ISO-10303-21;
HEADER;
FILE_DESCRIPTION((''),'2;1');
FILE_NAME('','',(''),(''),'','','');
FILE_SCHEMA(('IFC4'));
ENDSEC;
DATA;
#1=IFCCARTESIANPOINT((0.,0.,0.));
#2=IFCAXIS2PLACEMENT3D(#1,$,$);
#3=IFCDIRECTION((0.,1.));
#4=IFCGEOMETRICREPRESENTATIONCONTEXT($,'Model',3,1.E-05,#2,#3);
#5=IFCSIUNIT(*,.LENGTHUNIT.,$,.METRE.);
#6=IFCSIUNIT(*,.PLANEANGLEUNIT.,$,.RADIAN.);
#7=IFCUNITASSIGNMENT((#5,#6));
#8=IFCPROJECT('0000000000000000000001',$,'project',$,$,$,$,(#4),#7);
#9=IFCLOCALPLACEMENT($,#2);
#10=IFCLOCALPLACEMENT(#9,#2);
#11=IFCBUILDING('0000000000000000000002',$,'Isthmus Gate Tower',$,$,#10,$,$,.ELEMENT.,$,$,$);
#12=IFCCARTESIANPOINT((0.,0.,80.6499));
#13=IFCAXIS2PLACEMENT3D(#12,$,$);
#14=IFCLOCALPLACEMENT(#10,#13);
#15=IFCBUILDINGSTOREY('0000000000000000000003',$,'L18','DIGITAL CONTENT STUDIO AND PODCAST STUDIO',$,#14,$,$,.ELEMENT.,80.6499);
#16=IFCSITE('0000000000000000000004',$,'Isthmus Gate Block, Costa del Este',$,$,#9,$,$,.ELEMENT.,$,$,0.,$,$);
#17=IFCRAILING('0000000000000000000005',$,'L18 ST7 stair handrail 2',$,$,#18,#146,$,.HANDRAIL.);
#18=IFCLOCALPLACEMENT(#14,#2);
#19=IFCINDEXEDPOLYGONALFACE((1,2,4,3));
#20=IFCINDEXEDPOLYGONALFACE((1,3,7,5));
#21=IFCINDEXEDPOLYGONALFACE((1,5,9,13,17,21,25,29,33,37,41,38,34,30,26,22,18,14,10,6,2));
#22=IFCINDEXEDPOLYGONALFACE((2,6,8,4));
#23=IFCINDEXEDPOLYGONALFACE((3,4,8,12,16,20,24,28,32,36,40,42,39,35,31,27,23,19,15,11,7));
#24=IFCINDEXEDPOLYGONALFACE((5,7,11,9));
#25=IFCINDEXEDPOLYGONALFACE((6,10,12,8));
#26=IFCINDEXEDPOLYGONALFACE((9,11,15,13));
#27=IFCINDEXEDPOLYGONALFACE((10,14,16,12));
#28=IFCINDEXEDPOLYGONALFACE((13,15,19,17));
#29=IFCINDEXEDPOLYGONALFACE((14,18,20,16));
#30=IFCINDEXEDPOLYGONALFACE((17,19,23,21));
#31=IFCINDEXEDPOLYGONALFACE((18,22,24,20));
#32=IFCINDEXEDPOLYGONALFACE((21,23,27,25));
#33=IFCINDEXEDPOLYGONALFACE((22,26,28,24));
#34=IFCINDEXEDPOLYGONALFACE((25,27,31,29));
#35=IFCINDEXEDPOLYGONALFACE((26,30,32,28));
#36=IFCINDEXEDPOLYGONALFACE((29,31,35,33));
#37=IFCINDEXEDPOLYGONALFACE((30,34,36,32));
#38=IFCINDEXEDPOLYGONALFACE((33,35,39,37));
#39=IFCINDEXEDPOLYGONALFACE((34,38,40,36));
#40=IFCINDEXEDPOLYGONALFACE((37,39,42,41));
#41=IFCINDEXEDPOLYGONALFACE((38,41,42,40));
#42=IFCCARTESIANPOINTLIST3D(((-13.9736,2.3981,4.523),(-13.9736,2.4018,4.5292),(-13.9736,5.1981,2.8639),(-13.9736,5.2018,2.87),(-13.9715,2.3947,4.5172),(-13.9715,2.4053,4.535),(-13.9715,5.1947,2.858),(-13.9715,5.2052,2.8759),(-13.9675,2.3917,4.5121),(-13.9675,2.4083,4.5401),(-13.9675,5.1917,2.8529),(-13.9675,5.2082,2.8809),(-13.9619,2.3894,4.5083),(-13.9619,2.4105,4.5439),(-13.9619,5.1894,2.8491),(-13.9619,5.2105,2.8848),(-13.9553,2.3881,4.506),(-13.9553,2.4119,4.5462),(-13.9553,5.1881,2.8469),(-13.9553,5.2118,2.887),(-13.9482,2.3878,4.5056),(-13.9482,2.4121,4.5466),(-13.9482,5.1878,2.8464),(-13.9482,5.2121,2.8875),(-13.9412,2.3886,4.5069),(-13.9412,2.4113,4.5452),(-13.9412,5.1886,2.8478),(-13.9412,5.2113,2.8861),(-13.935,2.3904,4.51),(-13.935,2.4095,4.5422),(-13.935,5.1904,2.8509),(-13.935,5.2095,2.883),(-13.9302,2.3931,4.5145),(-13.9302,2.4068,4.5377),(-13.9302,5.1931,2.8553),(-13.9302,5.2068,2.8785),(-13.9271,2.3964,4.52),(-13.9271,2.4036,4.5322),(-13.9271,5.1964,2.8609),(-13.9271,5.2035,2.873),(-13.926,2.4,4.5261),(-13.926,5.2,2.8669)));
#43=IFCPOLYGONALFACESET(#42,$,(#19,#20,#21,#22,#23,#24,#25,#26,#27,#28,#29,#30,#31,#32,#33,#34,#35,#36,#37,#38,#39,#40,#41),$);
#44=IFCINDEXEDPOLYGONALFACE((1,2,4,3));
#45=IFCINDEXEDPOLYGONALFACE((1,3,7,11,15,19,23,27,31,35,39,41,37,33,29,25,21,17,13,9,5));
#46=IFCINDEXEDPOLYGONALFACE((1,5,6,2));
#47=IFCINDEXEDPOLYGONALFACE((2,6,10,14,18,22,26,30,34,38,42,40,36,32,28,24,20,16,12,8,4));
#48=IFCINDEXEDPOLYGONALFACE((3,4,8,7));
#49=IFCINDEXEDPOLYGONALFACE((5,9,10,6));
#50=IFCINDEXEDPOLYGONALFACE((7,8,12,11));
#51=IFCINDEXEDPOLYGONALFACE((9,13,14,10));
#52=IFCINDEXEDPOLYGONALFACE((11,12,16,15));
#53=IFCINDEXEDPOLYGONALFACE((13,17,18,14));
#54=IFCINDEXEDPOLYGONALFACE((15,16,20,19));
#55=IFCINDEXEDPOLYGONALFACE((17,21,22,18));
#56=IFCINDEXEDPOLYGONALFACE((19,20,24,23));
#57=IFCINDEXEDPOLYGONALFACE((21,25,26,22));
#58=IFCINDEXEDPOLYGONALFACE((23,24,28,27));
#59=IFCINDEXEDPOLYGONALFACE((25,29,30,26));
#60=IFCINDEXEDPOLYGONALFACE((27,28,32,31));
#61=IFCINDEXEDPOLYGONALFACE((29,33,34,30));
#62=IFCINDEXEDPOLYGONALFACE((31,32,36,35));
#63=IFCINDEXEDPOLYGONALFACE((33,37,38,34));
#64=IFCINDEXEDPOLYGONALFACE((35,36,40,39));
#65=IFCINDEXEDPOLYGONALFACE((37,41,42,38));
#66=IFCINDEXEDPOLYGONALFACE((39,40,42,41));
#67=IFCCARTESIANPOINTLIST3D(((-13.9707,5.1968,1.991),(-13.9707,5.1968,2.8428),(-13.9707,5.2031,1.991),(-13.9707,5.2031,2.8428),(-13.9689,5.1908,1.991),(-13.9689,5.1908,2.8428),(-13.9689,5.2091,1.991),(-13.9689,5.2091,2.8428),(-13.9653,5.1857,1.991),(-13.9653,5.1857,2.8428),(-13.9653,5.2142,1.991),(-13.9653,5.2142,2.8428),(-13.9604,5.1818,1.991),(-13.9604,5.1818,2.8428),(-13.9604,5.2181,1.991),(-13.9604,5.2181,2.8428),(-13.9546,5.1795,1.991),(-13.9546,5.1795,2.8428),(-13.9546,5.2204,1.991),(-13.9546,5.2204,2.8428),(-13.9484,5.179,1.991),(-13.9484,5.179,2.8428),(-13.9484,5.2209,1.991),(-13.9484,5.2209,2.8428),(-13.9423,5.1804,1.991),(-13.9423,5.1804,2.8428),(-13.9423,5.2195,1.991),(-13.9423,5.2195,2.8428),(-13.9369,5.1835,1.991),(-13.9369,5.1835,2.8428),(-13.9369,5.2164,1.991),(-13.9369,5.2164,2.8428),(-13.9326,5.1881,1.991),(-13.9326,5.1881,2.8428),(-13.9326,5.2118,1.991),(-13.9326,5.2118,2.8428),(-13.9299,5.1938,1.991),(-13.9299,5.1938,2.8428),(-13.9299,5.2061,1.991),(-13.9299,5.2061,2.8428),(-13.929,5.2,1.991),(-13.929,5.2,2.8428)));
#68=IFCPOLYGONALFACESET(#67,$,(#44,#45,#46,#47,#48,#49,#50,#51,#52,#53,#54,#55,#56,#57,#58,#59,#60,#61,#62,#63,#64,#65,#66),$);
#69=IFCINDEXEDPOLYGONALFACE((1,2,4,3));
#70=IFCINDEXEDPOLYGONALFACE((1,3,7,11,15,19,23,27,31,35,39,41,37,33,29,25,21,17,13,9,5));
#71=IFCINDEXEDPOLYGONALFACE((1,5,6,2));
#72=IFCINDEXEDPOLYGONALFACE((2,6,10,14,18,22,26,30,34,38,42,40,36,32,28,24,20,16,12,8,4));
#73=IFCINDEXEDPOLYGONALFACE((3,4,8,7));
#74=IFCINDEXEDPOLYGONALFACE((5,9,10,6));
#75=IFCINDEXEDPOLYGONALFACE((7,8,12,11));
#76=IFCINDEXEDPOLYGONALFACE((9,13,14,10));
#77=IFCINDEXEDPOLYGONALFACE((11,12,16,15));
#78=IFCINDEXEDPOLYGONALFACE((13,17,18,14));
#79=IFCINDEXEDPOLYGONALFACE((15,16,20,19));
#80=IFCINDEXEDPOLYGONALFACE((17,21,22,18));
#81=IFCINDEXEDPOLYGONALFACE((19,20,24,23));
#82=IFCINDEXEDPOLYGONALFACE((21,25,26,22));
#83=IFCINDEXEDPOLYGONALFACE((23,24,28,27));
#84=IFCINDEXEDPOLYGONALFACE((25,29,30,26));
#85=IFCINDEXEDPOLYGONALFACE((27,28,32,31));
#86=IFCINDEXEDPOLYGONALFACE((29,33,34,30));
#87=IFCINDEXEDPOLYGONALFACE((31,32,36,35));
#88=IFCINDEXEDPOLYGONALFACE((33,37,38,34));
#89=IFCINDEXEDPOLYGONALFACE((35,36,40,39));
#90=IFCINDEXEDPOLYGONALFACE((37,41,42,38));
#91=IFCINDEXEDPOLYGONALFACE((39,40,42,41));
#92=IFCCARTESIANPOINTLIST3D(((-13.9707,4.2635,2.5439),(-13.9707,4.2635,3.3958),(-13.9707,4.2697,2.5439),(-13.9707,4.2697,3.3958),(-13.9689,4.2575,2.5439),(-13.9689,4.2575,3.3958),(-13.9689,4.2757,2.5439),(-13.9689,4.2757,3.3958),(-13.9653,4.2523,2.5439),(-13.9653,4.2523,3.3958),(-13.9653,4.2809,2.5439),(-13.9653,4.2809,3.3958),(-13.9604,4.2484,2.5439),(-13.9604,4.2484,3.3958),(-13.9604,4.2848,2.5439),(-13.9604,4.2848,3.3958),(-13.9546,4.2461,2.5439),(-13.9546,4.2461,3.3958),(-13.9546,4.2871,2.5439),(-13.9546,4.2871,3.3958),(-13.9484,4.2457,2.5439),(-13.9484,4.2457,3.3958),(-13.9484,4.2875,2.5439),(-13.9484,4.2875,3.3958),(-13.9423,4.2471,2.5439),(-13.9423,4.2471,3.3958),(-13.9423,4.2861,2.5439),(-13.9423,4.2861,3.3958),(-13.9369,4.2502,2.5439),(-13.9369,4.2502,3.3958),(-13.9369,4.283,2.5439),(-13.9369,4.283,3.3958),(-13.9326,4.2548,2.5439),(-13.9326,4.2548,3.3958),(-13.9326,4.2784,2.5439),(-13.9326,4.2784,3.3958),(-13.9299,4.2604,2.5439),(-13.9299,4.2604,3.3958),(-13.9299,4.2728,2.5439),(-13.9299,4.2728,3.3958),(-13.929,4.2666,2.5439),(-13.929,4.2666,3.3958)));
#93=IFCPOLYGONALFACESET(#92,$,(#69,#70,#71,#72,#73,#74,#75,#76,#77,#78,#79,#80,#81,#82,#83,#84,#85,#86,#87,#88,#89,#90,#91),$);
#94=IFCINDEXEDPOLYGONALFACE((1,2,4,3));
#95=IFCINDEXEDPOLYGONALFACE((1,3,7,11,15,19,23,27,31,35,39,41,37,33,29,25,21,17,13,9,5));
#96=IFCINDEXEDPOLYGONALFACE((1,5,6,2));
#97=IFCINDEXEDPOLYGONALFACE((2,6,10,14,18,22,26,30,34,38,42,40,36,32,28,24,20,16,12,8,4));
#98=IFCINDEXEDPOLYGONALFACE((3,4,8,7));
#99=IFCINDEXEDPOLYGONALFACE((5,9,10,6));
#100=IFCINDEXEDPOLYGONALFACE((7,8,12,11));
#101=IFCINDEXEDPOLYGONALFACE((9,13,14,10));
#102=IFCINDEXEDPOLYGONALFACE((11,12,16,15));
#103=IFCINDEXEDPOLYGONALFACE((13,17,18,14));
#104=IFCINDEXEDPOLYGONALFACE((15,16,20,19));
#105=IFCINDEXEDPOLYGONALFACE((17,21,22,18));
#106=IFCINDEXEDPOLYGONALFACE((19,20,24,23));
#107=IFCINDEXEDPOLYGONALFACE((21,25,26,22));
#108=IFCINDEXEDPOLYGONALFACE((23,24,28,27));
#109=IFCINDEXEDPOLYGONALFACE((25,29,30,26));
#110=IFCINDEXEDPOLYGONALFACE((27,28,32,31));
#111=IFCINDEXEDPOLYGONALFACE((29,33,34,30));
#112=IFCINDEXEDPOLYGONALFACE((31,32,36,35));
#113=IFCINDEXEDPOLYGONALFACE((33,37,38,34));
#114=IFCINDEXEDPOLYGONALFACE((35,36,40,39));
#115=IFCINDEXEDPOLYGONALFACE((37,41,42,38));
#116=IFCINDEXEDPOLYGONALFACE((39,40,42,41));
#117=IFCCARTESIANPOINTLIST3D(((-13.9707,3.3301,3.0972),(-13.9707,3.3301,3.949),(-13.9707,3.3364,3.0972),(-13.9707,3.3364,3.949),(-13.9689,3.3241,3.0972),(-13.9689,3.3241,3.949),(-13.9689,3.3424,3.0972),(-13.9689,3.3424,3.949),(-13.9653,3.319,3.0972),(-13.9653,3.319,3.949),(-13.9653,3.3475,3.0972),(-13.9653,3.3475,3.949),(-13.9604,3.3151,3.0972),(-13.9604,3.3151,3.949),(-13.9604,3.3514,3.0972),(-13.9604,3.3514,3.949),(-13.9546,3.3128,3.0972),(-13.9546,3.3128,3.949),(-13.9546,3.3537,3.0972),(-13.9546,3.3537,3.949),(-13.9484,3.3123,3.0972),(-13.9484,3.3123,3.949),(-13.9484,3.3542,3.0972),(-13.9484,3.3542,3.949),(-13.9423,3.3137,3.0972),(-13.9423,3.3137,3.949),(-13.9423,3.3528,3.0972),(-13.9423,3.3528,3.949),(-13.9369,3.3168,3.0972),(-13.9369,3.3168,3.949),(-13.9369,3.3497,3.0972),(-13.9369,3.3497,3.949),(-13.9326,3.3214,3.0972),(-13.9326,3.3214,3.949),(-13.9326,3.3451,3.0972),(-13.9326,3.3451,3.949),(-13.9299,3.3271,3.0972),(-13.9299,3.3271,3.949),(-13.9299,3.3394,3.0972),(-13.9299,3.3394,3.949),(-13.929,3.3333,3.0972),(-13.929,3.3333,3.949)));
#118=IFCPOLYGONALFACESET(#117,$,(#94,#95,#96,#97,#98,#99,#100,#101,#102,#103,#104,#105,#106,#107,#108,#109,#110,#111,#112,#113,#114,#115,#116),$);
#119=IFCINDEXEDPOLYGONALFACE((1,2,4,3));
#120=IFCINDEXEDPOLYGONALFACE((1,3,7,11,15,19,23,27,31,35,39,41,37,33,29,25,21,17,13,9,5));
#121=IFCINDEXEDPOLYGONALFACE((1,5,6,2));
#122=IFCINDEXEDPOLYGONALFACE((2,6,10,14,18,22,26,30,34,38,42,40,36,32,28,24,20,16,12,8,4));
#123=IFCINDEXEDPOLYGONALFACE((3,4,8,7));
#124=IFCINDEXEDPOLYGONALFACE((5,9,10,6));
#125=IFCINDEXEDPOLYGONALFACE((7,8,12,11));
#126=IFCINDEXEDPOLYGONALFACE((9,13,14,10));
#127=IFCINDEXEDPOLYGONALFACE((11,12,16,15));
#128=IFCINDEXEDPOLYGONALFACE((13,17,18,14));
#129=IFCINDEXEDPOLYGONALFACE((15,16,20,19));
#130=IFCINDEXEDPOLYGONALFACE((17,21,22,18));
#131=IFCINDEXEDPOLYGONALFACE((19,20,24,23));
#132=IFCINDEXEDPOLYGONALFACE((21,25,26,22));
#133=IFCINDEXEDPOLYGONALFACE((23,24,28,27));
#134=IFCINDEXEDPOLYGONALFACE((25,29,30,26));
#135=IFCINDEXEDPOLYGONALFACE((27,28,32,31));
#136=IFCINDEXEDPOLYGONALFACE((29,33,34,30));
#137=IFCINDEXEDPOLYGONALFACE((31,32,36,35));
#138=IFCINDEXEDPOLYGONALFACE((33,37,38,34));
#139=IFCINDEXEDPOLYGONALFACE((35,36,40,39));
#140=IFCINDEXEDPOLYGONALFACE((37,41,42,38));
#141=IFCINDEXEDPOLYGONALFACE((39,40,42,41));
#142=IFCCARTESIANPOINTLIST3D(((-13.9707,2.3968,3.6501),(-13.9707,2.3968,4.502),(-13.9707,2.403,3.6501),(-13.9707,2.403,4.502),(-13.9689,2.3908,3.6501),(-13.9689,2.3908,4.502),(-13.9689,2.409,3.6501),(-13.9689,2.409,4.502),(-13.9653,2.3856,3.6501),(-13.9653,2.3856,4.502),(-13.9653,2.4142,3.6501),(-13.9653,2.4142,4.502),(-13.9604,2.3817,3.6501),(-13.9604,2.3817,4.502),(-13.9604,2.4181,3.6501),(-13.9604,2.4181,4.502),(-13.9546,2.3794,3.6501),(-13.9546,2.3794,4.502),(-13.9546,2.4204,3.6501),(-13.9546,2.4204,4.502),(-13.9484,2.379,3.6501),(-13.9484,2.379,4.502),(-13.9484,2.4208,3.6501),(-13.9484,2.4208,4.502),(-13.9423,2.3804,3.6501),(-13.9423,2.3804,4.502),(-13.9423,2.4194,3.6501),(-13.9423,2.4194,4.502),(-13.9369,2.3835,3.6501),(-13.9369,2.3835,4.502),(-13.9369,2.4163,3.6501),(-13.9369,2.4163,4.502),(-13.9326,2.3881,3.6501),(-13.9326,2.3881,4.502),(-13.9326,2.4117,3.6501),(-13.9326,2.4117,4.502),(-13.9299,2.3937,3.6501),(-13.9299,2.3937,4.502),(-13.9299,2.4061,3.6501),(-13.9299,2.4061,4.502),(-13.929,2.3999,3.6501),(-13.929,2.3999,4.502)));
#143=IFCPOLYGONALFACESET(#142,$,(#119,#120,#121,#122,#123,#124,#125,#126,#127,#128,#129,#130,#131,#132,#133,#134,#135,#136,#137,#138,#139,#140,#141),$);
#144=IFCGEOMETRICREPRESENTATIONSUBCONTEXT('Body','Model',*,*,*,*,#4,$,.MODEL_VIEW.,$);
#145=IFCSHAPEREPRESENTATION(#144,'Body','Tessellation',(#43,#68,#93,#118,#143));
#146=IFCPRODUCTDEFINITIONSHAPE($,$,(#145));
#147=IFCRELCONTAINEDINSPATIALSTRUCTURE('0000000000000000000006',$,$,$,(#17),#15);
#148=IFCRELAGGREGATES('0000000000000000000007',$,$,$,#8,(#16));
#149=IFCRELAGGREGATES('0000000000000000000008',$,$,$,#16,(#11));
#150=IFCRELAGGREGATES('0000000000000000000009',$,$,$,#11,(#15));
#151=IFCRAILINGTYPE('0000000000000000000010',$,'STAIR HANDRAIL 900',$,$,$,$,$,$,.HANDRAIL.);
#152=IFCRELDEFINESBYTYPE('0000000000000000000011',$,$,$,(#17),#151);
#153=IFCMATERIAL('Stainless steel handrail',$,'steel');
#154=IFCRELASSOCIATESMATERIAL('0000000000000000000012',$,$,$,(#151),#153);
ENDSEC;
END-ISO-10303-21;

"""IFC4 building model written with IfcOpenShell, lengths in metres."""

from ifc_helpers import new_model, si_unit, direction, frame, origin, origin_2d, place, context, subcontext, project, spatial, circle, extrude, material, type_object, element, save


model = new_model("IFC4")

# Units and contexts
model_context = context("Model", 3, precision=1e-05, world=origin(), true_north=direction((0.0, 1.0)))
body_context = subcontext(model_context, "Body", "Model", "MODEL_VIEW")
ifc_project = project(units=[si_unit("LENGTHUNIT", "METRE"), si_unit("PLANEANGLEUNIT", "RADIAN")], contexts=[model_context])

# Site, building, storey
site_placement = place(None, origin())
site = spatial("IfcSite", under=ifc_project, at=site_placement, Name="Isthmus Gate Block, Costa del Este", CompositionType="ELEMENT", RefElevation=0.0)
building_placement = place(site_placement, origin())
building = spatial("IfcBuilding", under=site, at=building_placement, Name="Isthmus Gate Tower", CompositionType="ELEMENT")
storey_placement = place(building_placement, frame((0.0, 0.0, 80.6499)))
storey = spatial("IfcBuildingStorey", under=building, at=storey_placement, Name="L18", Description="DIGITAL CONTENT STUDIO AND PODCAST STUDIO", CompositionType="ELEMENT", Elevation=80.6499)

# Railing
ifc_material_1 = material(Name="Stainless steel handrail", Category="steel")
railing_type_1 = type_object("IfcRailingType", Name="STAIR HANDRAIL 900", PredefinedType="HANDRAIL", material=ifc_material_1)
for number, where, name in (
    (1, (-13.95, 5.2, 1.991), "L18 ST7 stair handrail 2"),
):
    element("IfcRailing", number, at=place(storey_placement, frame(where)), inside=storey, type_object=railing_type_1, Name=name, PredefinedType="HANDRAIL", context=body_context, shape_type="SweptSolid", body=[
        extrude(circle(Radius=0.0239, at=origin_2d()), frame((0.0, 0.0, 0.876), z_axis=(0.0, -0.860306, 0.509778), x_axis=(1.0, 0.0, 0.0)), (0.0, 0.0, 1.0), 3.2546),
        extrude(circle(Radius=0.021, at=origin_2d()), origin(), (0.0, 0.0, 1.0), 0.8518),
        extrude(circle(Radius=0.021, at=origin_2d()), frame((0.0, -0.9333, 0.553)), (0.0, 0.0, 1.0), 0.8518),
        extrude(circle(Radius=0.021, at=origin_2d()), frame((0.0, -1.8667, 1.1062)), (0.0, 0.0, 1.0), 0.8518),
        extrude(circle(Radius=0.021, at=origin_2d()), frame((0.0, -2.8, 1.6592)), (0.0, 0.0, 1.0), 0.8518),
    ])

save(model, "model.ifc")
